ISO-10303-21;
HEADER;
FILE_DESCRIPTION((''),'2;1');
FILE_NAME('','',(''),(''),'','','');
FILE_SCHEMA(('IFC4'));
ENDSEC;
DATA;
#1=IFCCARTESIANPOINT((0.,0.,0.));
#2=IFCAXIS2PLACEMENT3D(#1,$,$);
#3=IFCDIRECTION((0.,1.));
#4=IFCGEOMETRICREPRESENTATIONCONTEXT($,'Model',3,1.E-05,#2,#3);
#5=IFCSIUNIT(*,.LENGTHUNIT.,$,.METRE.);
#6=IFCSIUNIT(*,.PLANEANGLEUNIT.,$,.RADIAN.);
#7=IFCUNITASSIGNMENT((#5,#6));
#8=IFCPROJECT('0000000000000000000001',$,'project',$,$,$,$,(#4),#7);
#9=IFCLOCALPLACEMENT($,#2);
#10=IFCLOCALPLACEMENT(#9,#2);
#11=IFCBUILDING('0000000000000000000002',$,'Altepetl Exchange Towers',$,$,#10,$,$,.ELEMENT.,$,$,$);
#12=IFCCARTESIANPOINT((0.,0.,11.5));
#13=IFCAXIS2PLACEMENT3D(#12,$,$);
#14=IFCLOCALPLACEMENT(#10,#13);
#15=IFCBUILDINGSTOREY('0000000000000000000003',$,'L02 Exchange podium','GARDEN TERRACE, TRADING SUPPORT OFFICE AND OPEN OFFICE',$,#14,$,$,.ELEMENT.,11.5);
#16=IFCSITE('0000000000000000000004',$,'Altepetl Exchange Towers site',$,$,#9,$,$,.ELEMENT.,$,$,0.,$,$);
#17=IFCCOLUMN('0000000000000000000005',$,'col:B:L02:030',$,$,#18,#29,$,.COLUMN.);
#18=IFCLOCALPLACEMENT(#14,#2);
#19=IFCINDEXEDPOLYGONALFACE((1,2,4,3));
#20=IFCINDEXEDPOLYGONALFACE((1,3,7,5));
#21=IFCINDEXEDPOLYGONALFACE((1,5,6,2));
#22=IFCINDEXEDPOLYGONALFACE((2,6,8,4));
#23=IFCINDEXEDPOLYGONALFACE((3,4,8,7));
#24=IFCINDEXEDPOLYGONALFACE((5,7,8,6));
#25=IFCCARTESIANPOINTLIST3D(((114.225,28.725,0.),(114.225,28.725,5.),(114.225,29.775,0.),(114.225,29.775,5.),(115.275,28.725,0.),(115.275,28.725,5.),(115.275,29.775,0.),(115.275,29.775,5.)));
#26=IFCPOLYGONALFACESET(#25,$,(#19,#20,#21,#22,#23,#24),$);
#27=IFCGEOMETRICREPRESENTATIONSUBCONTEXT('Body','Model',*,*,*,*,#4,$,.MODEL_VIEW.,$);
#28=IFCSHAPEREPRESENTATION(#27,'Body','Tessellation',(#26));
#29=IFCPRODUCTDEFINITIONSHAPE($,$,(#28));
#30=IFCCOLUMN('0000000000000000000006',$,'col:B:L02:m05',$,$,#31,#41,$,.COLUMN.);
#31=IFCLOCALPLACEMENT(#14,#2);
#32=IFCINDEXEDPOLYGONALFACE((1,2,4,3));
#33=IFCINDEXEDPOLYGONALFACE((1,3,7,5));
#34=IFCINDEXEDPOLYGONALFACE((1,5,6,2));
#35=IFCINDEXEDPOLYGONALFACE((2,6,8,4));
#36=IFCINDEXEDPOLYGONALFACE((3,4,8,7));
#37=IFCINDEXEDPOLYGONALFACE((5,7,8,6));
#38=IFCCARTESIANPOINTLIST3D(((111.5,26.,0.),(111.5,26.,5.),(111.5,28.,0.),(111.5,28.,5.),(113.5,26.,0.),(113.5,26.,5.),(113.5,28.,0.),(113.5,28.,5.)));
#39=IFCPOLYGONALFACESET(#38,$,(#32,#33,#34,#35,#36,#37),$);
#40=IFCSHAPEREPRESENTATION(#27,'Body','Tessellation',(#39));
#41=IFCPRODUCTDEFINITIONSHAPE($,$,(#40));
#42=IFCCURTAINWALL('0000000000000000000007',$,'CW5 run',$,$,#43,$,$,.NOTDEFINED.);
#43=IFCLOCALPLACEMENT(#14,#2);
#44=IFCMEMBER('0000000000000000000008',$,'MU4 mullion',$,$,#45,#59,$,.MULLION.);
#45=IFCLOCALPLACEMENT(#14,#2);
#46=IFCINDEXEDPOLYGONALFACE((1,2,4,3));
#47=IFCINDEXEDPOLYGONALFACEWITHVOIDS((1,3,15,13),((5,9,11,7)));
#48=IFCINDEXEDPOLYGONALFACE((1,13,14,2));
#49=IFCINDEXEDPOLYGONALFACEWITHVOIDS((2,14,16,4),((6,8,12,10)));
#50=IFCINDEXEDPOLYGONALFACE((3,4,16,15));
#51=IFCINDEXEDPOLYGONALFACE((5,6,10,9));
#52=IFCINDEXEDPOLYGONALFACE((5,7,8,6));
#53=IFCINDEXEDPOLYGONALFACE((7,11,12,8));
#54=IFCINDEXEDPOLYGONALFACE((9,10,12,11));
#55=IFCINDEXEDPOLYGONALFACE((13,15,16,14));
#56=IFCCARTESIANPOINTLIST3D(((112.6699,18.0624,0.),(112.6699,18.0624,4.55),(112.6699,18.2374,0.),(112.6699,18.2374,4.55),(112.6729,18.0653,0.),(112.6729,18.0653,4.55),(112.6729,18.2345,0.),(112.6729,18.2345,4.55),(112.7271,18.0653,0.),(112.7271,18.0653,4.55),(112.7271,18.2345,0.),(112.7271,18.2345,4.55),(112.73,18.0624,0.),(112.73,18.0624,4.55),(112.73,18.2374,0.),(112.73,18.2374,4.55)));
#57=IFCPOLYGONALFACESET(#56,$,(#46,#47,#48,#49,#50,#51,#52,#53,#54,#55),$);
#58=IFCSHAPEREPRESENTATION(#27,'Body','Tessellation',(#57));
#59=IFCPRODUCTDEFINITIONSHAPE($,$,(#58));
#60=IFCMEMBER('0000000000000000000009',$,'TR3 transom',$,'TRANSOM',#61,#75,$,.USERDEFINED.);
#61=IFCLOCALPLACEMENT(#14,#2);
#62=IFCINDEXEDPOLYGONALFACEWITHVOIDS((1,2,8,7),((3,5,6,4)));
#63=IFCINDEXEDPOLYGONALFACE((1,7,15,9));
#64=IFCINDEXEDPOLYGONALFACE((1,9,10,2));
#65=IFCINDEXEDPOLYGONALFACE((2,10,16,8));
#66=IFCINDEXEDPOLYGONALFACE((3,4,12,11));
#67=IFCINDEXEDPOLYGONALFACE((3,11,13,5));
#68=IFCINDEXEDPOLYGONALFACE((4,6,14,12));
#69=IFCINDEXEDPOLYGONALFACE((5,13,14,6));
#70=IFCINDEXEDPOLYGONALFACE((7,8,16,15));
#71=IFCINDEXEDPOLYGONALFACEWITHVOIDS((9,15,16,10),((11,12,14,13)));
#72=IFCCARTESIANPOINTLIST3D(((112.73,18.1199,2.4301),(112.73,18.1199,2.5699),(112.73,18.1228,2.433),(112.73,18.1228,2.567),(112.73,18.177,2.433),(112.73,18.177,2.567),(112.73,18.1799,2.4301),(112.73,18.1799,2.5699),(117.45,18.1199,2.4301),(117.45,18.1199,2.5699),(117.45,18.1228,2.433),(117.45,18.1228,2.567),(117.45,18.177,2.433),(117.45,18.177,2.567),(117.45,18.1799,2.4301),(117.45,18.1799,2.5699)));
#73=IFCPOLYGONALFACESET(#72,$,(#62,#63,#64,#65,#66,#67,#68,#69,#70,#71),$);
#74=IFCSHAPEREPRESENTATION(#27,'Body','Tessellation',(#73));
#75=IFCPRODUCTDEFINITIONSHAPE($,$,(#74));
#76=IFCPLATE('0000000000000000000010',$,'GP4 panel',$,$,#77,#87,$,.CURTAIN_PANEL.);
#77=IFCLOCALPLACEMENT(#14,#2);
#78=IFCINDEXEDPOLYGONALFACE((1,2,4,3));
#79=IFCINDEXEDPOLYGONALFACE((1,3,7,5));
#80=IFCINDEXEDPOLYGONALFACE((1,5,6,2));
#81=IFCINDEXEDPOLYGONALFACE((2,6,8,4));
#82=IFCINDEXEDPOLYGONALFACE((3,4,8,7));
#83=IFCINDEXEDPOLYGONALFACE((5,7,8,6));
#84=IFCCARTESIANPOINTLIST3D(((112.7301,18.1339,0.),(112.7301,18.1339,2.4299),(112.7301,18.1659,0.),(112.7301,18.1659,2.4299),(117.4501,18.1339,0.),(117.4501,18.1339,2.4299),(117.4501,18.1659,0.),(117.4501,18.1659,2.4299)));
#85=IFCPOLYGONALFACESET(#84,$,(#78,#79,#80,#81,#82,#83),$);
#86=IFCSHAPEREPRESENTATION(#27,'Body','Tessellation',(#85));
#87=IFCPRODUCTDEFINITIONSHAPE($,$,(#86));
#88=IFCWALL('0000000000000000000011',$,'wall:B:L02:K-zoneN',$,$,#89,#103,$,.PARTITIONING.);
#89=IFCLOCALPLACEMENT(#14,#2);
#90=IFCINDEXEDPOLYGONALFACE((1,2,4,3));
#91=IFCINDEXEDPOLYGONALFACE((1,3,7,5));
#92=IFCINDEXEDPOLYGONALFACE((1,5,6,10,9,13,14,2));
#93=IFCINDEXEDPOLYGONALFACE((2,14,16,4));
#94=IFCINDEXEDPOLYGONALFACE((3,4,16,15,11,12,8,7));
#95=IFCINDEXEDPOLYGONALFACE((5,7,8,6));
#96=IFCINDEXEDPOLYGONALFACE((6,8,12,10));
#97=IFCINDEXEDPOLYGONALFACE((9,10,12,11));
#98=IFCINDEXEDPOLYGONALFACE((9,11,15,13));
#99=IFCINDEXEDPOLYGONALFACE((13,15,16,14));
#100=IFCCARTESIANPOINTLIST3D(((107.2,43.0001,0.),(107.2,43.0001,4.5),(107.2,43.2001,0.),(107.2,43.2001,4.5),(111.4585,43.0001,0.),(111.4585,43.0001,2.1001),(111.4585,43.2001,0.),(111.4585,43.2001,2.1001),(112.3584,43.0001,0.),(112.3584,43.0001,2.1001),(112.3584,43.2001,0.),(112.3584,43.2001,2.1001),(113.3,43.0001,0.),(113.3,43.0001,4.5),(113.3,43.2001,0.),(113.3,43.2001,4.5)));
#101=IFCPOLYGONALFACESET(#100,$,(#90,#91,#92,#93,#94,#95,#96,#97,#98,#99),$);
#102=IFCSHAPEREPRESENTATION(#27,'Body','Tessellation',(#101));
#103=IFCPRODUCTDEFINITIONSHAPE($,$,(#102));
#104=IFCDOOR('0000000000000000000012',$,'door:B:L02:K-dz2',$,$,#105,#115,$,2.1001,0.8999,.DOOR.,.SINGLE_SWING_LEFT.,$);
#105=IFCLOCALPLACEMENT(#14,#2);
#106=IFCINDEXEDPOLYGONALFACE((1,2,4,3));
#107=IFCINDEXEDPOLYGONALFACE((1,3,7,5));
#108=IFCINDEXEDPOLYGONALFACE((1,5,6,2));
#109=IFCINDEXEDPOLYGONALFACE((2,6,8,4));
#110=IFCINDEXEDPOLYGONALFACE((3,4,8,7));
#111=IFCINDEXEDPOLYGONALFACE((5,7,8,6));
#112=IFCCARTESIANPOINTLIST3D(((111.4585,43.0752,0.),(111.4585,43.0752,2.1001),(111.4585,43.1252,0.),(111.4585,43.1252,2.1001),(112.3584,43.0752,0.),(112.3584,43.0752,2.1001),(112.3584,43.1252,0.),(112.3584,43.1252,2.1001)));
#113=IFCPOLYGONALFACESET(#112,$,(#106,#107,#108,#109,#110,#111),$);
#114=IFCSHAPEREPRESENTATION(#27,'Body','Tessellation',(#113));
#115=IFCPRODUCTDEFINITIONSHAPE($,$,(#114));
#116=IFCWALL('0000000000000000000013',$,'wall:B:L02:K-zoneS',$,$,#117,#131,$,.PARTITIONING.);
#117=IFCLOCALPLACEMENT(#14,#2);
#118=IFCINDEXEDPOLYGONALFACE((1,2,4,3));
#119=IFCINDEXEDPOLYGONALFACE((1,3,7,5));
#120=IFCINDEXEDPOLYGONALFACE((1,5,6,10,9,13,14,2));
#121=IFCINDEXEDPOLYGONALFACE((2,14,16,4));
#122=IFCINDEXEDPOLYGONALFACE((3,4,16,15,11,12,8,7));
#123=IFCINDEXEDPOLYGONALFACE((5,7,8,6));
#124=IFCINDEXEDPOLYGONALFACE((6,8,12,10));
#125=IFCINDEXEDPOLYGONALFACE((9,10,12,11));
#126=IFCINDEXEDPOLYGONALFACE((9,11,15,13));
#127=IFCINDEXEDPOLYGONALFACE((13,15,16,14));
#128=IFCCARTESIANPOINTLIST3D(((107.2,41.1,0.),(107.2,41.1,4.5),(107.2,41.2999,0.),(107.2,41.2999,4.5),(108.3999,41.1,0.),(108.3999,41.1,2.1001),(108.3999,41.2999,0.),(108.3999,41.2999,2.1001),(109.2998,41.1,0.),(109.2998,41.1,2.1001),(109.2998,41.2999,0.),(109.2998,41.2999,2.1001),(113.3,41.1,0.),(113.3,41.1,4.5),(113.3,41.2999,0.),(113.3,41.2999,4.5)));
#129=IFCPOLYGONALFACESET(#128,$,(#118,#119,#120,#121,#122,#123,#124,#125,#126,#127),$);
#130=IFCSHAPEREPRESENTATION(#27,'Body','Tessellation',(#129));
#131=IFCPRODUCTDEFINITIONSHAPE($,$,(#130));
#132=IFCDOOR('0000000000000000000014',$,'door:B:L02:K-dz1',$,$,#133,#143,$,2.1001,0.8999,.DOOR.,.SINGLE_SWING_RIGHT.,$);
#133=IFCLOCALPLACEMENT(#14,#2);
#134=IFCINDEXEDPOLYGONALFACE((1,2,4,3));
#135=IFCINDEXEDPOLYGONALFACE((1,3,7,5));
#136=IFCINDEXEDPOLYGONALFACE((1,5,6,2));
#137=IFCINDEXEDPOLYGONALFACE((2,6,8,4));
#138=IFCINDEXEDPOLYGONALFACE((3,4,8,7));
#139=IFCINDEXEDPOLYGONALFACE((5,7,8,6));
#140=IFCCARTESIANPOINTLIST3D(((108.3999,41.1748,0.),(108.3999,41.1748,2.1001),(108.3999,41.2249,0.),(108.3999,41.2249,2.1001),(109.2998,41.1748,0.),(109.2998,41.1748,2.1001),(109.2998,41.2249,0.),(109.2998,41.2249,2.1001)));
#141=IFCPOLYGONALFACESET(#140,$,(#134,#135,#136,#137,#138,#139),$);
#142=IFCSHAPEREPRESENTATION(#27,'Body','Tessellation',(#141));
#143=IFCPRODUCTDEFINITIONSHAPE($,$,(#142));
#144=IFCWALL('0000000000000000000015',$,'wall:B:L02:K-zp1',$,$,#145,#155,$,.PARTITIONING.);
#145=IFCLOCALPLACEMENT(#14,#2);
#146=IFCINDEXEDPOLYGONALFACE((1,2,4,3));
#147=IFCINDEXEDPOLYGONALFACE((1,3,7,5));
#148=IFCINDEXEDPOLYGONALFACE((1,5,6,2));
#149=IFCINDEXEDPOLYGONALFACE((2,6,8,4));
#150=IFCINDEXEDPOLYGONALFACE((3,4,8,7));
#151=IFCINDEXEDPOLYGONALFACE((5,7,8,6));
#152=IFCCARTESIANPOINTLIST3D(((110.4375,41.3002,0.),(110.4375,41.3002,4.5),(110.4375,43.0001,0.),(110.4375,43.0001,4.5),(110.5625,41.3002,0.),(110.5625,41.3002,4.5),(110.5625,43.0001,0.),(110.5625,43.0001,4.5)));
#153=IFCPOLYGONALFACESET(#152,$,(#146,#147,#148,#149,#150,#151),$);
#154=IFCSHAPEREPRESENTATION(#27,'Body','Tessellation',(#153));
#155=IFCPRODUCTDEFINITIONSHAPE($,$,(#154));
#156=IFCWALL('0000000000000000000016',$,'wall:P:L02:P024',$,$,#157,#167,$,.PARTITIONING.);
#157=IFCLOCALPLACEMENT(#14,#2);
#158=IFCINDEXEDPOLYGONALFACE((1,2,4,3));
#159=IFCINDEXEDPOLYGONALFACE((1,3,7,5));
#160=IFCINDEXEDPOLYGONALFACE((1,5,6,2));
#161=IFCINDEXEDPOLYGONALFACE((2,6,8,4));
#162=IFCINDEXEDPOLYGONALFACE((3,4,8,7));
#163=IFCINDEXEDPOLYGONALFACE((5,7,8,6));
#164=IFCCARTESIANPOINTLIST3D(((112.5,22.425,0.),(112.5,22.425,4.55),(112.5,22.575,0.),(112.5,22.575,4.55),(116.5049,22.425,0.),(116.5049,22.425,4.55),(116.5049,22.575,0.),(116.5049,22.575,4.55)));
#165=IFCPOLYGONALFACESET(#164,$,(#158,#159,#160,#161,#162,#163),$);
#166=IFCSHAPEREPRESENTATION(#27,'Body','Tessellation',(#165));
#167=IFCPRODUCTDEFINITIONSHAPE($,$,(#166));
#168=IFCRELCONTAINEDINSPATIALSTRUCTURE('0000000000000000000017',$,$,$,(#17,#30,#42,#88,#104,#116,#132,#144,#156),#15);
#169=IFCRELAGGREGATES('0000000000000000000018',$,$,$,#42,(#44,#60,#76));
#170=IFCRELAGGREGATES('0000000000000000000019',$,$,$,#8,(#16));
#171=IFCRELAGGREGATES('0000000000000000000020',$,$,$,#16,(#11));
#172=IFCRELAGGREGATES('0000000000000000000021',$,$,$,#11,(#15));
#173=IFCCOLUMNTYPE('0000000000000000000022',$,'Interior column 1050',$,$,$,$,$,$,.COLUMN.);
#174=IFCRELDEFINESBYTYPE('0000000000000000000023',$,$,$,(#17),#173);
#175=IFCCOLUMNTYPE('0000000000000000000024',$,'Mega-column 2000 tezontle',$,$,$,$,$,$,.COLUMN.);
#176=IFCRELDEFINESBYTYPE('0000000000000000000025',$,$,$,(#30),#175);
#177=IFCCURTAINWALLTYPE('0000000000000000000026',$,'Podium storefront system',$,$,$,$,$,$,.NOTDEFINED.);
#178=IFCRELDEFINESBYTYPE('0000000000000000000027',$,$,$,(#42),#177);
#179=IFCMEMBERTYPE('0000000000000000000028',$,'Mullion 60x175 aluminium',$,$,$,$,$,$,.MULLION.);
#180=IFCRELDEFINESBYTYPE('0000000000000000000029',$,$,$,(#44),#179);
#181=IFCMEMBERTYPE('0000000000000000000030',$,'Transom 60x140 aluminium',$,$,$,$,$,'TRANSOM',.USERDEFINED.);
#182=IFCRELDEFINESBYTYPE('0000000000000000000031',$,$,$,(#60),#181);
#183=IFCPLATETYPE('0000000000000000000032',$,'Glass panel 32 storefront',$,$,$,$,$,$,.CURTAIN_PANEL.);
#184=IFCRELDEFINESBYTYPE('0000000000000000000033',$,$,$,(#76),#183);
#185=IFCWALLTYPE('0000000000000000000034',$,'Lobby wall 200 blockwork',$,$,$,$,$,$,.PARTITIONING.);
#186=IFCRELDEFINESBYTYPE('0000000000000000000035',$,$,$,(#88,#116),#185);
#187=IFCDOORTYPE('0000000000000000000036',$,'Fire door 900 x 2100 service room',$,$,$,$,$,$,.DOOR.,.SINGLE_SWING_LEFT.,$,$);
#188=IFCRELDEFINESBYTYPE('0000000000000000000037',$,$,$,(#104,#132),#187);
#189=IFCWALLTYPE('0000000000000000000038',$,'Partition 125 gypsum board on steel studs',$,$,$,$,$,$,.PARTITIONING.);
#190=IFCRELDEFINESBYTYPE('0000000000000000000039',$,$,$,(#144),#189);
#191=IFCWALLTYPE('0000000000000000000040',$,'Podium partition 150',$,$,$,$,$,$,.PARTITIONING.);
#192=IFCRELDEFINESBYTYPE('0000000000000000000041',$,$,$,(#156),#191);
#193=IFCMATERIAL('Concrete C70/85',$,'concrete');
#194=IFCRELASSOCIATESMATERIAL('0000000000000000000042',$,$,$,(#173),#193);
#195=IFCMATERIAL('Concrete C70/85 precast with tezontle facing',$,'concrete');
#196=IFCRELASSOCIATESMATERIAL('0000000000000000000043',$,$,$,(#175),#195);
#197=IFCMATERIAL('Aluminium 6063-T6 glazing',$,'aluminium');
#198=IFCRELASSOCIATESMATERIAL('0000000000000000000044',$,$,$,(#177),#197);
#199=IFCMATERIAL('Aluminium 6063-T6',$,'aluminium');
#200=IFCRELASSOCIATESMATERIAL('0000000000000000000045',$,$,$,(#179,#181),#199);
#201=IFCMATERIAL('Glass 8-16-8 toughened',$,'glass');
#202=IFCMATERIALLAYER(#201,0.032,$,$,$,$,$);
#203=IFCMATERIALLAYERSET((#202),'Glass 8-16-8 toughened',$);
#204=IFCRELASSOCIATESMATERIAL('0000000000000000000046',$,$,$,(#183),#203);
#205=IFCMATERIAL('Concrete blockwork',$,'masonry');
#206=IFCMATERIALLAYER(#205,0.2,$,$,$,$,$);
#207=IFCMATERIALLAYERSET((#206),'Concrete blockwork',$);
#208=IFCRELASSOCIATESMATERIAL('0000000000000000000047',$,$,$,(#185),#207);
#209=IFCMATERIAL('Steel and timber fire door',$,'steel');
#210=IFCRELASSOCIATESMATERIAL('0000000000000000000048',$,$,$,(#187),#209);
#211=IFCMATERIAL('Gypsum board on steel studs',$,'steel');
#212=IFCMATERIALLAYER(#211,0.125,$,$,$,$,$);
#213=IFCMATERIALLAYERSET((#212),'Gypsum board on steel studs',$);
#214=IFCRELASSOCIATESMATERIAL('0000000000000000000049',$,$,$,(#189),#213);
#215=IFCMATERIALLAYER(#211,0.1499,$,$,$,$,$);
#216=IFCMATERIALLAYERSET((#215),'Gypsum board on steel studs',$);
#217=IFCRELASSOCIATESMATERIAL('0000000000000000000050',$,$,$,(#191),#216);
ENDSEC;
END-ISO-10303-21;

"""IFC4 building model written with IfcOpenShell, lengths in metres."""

from ifc_helpers import new_model, si_unit, direction, frame, frame_2d, origin, origin_2d, place, context, subcontext, project, spatial, rectangle, hollow_rectangle, extrude, material, layer, layer_set, material_profile, profile_set, type_object, element, fill, aggregate, save


model = new_model("IFC4")

# Units and contexts
model_context = context("Model", 3, precision=1e-05, world=origin(), true_north=direction((0.0, 1.0)))
body_context = subcontext(model_context, "Body", "Model", "MODEL_VIEW")
ifc_project = project(units=[si_unit("LENGTHUNIT", "METRE"), si_unit("PLANEANGLEUNIT", "RADIAN")], contexts=[model_context])

# Site, building, storey
site_placement = place(None, origin())
site = spatial("IfcSite", under=ifc_project, at=site_placement, Name="Altepetl Exchange Towers site", CompositionType="ELEMENT", RefElevation=0.0)
building_placement = place(site_placement, origin())
building = spatial("IfcBuilding", under=site, at=building_placement, Name="Altepetl Exchange Towers", CompositionType="ELEMENT")
storey_placement = place(building_placement, frame((0.0, 0.0, 11.5)))
storey = spatial("IfcBuildingStorey", under=building, at=storey_placement, Name="L02 Exchange podium", Description="GARDEN TERRACE, TRADING SUPPORT OFFICE AND OPEN OFFICE", CompositionType="ELEMENT", Elevation=11.5)

# Columns
ifc_material_1 = material(Name="Concrete C70/85", Category="concrete")
ifc_material_profile_1 = material_profile(ifc_material_1, rectangle(XDim=1.05, YDim=1.05, at=origin_2d()), Name="1050 x 1050")
ifc_profile_set_1 = profile_set([ifc_material_profile_1], Name="Concrete C70/85")
column_type_1 = type_object("IfcColumnType", Name="Interior column 1050", PredefinedType="COLUMN", material=ifc_profile_set_1)
column_1_placement = place(storey_placement, frame((114.75, 29.25, 0.0)))
element("IfcColumn", 1, at=column_1_placement, inside=storey, type_object=column_type_1, Name="col:B:L02:030", PredefinedType="COLUMN", context=body_context, shape_type="SweptSolid", body=[
    extrude(rectangle(XDim=1.05, YDim=1.05, at=origin_2d()), origin(), (0.0, 0.0, 1.0), 5.0),
])
ifc_material_2 = material(Name="Concrete C70/85 precast with tezontle facing", Category="concrete")
ifc_material_profile_2 = material_profile(ifc_material_2, rectangle(XDim=2.0, YDim=2.0, at=origin_2d()), Name="2000 x 2000")
ifc_profile_set_2 = profile_set([ifc_material_profile_2], Name="Concrete C70/85 precast with tezontle facing")
column_type_2 = type_object("IfcColumnType", Name="Mega-column 2000 tezontle", PredefinedType="COLUMN", material=ifc_profile_set_2)
column_2_placement = place(storey_placement, frame((112.5, 27.0, 0.0)))
element("IfcColumn", 2, at=column_2_placement, inside=storey, type_object=column_type_2, Name="col:B:L02:m05", PredefinedType="COLUMN", context=body_context, shape_type="SweptSolid", body=[
    extrude(rectangle(XDim=2.0, YDim=2.0, at=origin_2d()), origin(), (0.0, 0.0, 1.0), 5.0),
])

# Curtain wall, members, plate
ifc_material_3 = material(Name="Aluminium 6063-T6 glazing", Category="aluminium")
curtain_wall_type = type_object("IfcCurtainWallType", Name="Podium storefront system", PredefinedType="NOTDEFINED", material=ifc_material_3)
curtain_wall_placement = place(storey_placement, origin())
curtain_wall = element("IfcCurtainWall", 3, at=curtain_wall_placement, inside=storey, type_object=curtain_wall_type, Name="CW5 run", PredefinedType="NOTDEFINED")
ifc_material_4 = material(Name="Aluminium 6063-T6", Category="aluminium")
ifc_material_profile_3 = material_profile(ifc_material_4, hollow_rectangle(XDim=0.0601, YDim=0.175, WallThickness=0.0029, at=origin_2d()), Name="Mullion 60x175 aluminium")
ifc_profile_set_3 = profile_set([ifc_material_profile_3], Name="Aluminium 6063-T6")
member_type_1 = type_object("IfcMemberType", Name="Mullion 60x175 aluminium", PredefinedType="MULLION", material=ifc_profile_set_3)
member_1_placement = place(storey_placement, frame((112.7, 18.1499, 0.0)))
member_1 = element("IfcMember", 4, at=member_1_placement, type_object=member_type_1, Name="MU4 mullion", PredefinedType="MULLION", context=body_context, shape_type="SweptSolid", body=[
    extrude(hollow_rectangle(XDim=0.0601, YDim=0.175, WallThickness=0.0029, at=origin_2d()), origin(), (0.0, 0.0, 1.0), 4.55),
])
ifc_material_profile_4 = material_profile(ifc_material_4, hollow_rectangle(XDim=0.0601, YDim=0.1399, WallThickness=0.0029, at=origin_2d()), Name="Transom 60x140 aluminium")
ifc_profile_set_4 = profile_set([ifc_material_profile_4], Name="Aluminium 6063-T6")
member_type_2 = type_object("IfcMemberType", Name="Transom 60x140 aluminium", ElementType="TRANSOM", PredefinedType="USERDEFINED", material=ifc_profile_set_4)
member_2_placement = place(storey_placement, frame((112.73, 18.1499, 2.5), z_axis=(1.0, 0.0, 0.0), x_axis=(0.0, 1.0, 0.0)))
member_2 = element("IfcMember", 5, at=member_2_placement, type_object=member_type_2, Name="TR3 transom", ObjectType="TRANSOM", PredefinedType="USERDEFINED", context=body_context, shape_type="SweptSolid", body=[
    extrude(hollow_rectangle(XDim=0.0601, YDim=0.1399, WallThickness=0.0029, at=origin_2d()), origin(), (0.0, 0.0, 1.0), 4.72),
])
ifc_material_5 = material(Name="Glass 8-16-8 toughened", Category="glass")
ifc_layer_1 = layer(ifc_material_5, 0.032)
ifc_layer_set_1 = layer_set([ifc_layer_1], Name="Glass 8-16-8 toughened")
plate_type = type_object("IfcPlateType", Name="Glass panel 32 storefront", PredefinedType="CURTAIN_PANEL", material=ifc_layer_set_1)
plate_placement = place(storey_placement, frame((115.0901, 18.1499, 0.0)))
plate = element("IfcPlate", 6, at=plate_placement, type_object=plate_type, Name="GP4 panel", PredefinedType="CURTAIN_PANEL", context=body_context, shape_type="SweptSolid", body=[
    extrude(rectangle(XDim=4.72, YDim=0.032, at=origin_2d()), origin(), (0.0, 0.0, 1.0), 2.4299),
])
aggregate(curtain_wall, [member_1, member_2, plate])

# Walls, openings, doors
ifc_material_6 = material(Name="Concrete blockwork", Category="masonry")
ifc_layer_2 = layer(ifc_material_6, 0.2)
ifc_layer_set_2 = layer_set([ifc_layer_2], Name="Concrete blockwork")
wall_type_1 = type_object("IfcWallType", Name="Lobby wall 200 blockwork", PredefinedType="PARTITIONING", material=ifc_layer_set_2)
wall_1_placement = place(storey_placement, frame((107.2, 43.1001, 0.0)))
wall_1 = element("IfcWall", 7, at=wall_1_placement, inside=storey, type_object=wall_type_1, Name="wall:B:L02:K-zoneN", PredefinedType="PARTITIONING", context=body_context, shape_type="SweptSolid", body=[
    extrude(rectangle(XDim=6.1001, YDim=0.2, at=frame_2d((3.05, 0.0))), origin(), (0.0, 0.0, 1.0), 4.5),
])
opening_1_placement = place(wall_1_placement, frame((4.2585, 0.0, 0.0)))
opening_1 = element("IfcOpeningElement", 8, at=opening_1_placement, cuts=wall_1, PredefinedType="OPENING", context=body_context, shape_type="SweptSolid", body=[
    extrude(rectangle(XDim=0.8999, YDim=2.1001, at=frame_2d((0.45, 1.05))), frame((0.0, 0.1099, 0.0), z_axis=(0.0, -1.0, 0.0), x_axis=(1.0, 0.0, 0.0)), (0.0, 0.0, 1.0), 0.22),
])
ifc_material_7 = material(Name="Steel and timber fire door", Category="steel")
door_type_1 = type_object("IfcDoorType", Name="Fire door 900 x 2100 service room", OperationType="SINGLE_SWING_LEFT", PredefinedType="DOOR", material=ifc_material_7)
door_1_placement = place(opening_1_placement, frame((0.8999, 0.0, 0.0), x_axis=(-1.0, 0.0, 0.0)))
door_1 = element("IfcDoor", 9, at=door_1_placement, inside=storey, type_object=door_type_1, Name="door:B:L02:K-dz2", OperationType="SINGLE_SWING_LEFT", OverallHeight=2.1001, OverallWidth=0.8999, PredefinedType="DOOR", context=body_context, shape_type="SweptSolid", body=[
    extrude(rectangle(XDim=0.8999, YDim=2.1001, at=frame_2d((0.45, 1.05))), frame((0.0, 0.0249, 0.0), z_axis=(0.0, -1.0, 0.0), x_axis=(1.0, 0.0, 0.0)), (0.0, 0.0, 1.0), 0.05),
])
fill(opening_1, door_1)
wall_2_placement = place(storey_placement, frame((107.2, 41.2, 0.0)))
wall_2 = element("IfcWall", 10, at=wall_2_placement, inside=storey, type_object=wall_type_1, Name="wall:B:L02:K-zoneS", PredefinedType="PARTITIONING", context=body_context, shape_type="SweptSolid", body=[
    extrude(rectangle(XDim=6.1001, YDim=0.2, at=frame_2d((3.05, 0.0))), origin(), (0.0, 0.0, 1.0), 4.5),
])
opening_2_placement = place(wall_2_placement, frame((1.2, 0.0, 0.0)))
opening_2 = element("IfcOpeningElement", 11, at=opening_2_placement, cuts=wall_2, PredefinedType="OPENING", context=body_context, shape_type="SweptSolid", body=[
    extrude(rectangle(XDim=0.8999, YDim=2.1001, at=frame_2d((0.45, 1.05))), frame((0.0, 0.1099, 0.0), z_axis=(0.0, -1.0, 0.0), x_axis=(1.0, 0.0, 0.0)), (0.0, 0.0, 1.0), 0.22),
])
door_2_placement = place(opening_2_placement, origin())
door_2 = element("IfcDoor", 12, at=door_2_placement, inside=storey, type_object=door_type_1, Name="door:B:L02:K-dz1", OperationType="SINGLE_SWING_RIGHT", OverallHeight=2.1001, OverallWidth=0.8999, PredefinedType="DOOR", context=body_context, shape_type="SweptSolid", body=[
    extrude(rectangle(XDim=0.8999, YDim=2.1001, at=frame_2d((0.45, 1.05))), frame((0.0, 0.0249, 0.0), z_axis=(0.0, -1.0, 0.0), x_axis=(1.0, 0.0, 0.0)), (0.0, 0.0, 1.0), 0.05),
])
fill(opening_2, door_2)

# Walls
ifc_material_8 = material(Name="Gypsum board on steel studs", Category="steel")
ifc_layer_3 = layer(ifc_material_8, 0.125)
ifc_layer_set_3 = layer_set([ifc_layer_3], Name="Gypsum board on steel studs")
wall_type_2 = type_object("IfcWallType", Name="Partition 125 gypsum board on steel studs", PredefinedType="PARTITIONING", material=ifc_layer_set_3)
wall_3_placement = place(storey_placement, frame((110.5, 41.3, 0.0), z_axis=(0.0, 0.0, 1.0), x_axis=(0.0, 1.0, 0.0)))
element("IfcWall", 13, at=wall_3_placement, inside=storey, type_object=wall_type_2, Name="wall:B:L02:K-zp1", PredefinedType="PARTITIONING", context=body_context, shape_type="SweptSolid", body=[
    extrude(rectangle(XDim=1.7, YDim=0.125, at=frame_2d((0.8501, 0.0))), origin(), (0.0, 0.0, 1.0), 4.5),
])
ifc_layer_4 = layer(ifc_material_8, 0.1499)
ifc_layer_set_4 = layer_set([ifc_layer_4], Name="Gypsum board on steel studs")
wall_type_3 = type_object("IfcWallType", Name="Podium partition 150", PredefinedType="PARTITIONING", material=ifc_layer_set_4)
wall_4_placement = place(storey_placement, frame((112.5, 22.5, 0.0)))
element("IfcWall", 14, at=wall_4_placement, inside=storey, type_object=wall_type_3, Name="wall:P:L02:P024", PredefinedType="PARTITIONING", context=body_context, shape_type="SweptSolid", body=[
    extrude(rectangle(XDim=4.0049, YDim=0.1499, at=frame_2d((2.0024, 0.0))), origin(), (0.0, 0.0, 1.0), 4.55),
])

save(model, "model.ifc")
